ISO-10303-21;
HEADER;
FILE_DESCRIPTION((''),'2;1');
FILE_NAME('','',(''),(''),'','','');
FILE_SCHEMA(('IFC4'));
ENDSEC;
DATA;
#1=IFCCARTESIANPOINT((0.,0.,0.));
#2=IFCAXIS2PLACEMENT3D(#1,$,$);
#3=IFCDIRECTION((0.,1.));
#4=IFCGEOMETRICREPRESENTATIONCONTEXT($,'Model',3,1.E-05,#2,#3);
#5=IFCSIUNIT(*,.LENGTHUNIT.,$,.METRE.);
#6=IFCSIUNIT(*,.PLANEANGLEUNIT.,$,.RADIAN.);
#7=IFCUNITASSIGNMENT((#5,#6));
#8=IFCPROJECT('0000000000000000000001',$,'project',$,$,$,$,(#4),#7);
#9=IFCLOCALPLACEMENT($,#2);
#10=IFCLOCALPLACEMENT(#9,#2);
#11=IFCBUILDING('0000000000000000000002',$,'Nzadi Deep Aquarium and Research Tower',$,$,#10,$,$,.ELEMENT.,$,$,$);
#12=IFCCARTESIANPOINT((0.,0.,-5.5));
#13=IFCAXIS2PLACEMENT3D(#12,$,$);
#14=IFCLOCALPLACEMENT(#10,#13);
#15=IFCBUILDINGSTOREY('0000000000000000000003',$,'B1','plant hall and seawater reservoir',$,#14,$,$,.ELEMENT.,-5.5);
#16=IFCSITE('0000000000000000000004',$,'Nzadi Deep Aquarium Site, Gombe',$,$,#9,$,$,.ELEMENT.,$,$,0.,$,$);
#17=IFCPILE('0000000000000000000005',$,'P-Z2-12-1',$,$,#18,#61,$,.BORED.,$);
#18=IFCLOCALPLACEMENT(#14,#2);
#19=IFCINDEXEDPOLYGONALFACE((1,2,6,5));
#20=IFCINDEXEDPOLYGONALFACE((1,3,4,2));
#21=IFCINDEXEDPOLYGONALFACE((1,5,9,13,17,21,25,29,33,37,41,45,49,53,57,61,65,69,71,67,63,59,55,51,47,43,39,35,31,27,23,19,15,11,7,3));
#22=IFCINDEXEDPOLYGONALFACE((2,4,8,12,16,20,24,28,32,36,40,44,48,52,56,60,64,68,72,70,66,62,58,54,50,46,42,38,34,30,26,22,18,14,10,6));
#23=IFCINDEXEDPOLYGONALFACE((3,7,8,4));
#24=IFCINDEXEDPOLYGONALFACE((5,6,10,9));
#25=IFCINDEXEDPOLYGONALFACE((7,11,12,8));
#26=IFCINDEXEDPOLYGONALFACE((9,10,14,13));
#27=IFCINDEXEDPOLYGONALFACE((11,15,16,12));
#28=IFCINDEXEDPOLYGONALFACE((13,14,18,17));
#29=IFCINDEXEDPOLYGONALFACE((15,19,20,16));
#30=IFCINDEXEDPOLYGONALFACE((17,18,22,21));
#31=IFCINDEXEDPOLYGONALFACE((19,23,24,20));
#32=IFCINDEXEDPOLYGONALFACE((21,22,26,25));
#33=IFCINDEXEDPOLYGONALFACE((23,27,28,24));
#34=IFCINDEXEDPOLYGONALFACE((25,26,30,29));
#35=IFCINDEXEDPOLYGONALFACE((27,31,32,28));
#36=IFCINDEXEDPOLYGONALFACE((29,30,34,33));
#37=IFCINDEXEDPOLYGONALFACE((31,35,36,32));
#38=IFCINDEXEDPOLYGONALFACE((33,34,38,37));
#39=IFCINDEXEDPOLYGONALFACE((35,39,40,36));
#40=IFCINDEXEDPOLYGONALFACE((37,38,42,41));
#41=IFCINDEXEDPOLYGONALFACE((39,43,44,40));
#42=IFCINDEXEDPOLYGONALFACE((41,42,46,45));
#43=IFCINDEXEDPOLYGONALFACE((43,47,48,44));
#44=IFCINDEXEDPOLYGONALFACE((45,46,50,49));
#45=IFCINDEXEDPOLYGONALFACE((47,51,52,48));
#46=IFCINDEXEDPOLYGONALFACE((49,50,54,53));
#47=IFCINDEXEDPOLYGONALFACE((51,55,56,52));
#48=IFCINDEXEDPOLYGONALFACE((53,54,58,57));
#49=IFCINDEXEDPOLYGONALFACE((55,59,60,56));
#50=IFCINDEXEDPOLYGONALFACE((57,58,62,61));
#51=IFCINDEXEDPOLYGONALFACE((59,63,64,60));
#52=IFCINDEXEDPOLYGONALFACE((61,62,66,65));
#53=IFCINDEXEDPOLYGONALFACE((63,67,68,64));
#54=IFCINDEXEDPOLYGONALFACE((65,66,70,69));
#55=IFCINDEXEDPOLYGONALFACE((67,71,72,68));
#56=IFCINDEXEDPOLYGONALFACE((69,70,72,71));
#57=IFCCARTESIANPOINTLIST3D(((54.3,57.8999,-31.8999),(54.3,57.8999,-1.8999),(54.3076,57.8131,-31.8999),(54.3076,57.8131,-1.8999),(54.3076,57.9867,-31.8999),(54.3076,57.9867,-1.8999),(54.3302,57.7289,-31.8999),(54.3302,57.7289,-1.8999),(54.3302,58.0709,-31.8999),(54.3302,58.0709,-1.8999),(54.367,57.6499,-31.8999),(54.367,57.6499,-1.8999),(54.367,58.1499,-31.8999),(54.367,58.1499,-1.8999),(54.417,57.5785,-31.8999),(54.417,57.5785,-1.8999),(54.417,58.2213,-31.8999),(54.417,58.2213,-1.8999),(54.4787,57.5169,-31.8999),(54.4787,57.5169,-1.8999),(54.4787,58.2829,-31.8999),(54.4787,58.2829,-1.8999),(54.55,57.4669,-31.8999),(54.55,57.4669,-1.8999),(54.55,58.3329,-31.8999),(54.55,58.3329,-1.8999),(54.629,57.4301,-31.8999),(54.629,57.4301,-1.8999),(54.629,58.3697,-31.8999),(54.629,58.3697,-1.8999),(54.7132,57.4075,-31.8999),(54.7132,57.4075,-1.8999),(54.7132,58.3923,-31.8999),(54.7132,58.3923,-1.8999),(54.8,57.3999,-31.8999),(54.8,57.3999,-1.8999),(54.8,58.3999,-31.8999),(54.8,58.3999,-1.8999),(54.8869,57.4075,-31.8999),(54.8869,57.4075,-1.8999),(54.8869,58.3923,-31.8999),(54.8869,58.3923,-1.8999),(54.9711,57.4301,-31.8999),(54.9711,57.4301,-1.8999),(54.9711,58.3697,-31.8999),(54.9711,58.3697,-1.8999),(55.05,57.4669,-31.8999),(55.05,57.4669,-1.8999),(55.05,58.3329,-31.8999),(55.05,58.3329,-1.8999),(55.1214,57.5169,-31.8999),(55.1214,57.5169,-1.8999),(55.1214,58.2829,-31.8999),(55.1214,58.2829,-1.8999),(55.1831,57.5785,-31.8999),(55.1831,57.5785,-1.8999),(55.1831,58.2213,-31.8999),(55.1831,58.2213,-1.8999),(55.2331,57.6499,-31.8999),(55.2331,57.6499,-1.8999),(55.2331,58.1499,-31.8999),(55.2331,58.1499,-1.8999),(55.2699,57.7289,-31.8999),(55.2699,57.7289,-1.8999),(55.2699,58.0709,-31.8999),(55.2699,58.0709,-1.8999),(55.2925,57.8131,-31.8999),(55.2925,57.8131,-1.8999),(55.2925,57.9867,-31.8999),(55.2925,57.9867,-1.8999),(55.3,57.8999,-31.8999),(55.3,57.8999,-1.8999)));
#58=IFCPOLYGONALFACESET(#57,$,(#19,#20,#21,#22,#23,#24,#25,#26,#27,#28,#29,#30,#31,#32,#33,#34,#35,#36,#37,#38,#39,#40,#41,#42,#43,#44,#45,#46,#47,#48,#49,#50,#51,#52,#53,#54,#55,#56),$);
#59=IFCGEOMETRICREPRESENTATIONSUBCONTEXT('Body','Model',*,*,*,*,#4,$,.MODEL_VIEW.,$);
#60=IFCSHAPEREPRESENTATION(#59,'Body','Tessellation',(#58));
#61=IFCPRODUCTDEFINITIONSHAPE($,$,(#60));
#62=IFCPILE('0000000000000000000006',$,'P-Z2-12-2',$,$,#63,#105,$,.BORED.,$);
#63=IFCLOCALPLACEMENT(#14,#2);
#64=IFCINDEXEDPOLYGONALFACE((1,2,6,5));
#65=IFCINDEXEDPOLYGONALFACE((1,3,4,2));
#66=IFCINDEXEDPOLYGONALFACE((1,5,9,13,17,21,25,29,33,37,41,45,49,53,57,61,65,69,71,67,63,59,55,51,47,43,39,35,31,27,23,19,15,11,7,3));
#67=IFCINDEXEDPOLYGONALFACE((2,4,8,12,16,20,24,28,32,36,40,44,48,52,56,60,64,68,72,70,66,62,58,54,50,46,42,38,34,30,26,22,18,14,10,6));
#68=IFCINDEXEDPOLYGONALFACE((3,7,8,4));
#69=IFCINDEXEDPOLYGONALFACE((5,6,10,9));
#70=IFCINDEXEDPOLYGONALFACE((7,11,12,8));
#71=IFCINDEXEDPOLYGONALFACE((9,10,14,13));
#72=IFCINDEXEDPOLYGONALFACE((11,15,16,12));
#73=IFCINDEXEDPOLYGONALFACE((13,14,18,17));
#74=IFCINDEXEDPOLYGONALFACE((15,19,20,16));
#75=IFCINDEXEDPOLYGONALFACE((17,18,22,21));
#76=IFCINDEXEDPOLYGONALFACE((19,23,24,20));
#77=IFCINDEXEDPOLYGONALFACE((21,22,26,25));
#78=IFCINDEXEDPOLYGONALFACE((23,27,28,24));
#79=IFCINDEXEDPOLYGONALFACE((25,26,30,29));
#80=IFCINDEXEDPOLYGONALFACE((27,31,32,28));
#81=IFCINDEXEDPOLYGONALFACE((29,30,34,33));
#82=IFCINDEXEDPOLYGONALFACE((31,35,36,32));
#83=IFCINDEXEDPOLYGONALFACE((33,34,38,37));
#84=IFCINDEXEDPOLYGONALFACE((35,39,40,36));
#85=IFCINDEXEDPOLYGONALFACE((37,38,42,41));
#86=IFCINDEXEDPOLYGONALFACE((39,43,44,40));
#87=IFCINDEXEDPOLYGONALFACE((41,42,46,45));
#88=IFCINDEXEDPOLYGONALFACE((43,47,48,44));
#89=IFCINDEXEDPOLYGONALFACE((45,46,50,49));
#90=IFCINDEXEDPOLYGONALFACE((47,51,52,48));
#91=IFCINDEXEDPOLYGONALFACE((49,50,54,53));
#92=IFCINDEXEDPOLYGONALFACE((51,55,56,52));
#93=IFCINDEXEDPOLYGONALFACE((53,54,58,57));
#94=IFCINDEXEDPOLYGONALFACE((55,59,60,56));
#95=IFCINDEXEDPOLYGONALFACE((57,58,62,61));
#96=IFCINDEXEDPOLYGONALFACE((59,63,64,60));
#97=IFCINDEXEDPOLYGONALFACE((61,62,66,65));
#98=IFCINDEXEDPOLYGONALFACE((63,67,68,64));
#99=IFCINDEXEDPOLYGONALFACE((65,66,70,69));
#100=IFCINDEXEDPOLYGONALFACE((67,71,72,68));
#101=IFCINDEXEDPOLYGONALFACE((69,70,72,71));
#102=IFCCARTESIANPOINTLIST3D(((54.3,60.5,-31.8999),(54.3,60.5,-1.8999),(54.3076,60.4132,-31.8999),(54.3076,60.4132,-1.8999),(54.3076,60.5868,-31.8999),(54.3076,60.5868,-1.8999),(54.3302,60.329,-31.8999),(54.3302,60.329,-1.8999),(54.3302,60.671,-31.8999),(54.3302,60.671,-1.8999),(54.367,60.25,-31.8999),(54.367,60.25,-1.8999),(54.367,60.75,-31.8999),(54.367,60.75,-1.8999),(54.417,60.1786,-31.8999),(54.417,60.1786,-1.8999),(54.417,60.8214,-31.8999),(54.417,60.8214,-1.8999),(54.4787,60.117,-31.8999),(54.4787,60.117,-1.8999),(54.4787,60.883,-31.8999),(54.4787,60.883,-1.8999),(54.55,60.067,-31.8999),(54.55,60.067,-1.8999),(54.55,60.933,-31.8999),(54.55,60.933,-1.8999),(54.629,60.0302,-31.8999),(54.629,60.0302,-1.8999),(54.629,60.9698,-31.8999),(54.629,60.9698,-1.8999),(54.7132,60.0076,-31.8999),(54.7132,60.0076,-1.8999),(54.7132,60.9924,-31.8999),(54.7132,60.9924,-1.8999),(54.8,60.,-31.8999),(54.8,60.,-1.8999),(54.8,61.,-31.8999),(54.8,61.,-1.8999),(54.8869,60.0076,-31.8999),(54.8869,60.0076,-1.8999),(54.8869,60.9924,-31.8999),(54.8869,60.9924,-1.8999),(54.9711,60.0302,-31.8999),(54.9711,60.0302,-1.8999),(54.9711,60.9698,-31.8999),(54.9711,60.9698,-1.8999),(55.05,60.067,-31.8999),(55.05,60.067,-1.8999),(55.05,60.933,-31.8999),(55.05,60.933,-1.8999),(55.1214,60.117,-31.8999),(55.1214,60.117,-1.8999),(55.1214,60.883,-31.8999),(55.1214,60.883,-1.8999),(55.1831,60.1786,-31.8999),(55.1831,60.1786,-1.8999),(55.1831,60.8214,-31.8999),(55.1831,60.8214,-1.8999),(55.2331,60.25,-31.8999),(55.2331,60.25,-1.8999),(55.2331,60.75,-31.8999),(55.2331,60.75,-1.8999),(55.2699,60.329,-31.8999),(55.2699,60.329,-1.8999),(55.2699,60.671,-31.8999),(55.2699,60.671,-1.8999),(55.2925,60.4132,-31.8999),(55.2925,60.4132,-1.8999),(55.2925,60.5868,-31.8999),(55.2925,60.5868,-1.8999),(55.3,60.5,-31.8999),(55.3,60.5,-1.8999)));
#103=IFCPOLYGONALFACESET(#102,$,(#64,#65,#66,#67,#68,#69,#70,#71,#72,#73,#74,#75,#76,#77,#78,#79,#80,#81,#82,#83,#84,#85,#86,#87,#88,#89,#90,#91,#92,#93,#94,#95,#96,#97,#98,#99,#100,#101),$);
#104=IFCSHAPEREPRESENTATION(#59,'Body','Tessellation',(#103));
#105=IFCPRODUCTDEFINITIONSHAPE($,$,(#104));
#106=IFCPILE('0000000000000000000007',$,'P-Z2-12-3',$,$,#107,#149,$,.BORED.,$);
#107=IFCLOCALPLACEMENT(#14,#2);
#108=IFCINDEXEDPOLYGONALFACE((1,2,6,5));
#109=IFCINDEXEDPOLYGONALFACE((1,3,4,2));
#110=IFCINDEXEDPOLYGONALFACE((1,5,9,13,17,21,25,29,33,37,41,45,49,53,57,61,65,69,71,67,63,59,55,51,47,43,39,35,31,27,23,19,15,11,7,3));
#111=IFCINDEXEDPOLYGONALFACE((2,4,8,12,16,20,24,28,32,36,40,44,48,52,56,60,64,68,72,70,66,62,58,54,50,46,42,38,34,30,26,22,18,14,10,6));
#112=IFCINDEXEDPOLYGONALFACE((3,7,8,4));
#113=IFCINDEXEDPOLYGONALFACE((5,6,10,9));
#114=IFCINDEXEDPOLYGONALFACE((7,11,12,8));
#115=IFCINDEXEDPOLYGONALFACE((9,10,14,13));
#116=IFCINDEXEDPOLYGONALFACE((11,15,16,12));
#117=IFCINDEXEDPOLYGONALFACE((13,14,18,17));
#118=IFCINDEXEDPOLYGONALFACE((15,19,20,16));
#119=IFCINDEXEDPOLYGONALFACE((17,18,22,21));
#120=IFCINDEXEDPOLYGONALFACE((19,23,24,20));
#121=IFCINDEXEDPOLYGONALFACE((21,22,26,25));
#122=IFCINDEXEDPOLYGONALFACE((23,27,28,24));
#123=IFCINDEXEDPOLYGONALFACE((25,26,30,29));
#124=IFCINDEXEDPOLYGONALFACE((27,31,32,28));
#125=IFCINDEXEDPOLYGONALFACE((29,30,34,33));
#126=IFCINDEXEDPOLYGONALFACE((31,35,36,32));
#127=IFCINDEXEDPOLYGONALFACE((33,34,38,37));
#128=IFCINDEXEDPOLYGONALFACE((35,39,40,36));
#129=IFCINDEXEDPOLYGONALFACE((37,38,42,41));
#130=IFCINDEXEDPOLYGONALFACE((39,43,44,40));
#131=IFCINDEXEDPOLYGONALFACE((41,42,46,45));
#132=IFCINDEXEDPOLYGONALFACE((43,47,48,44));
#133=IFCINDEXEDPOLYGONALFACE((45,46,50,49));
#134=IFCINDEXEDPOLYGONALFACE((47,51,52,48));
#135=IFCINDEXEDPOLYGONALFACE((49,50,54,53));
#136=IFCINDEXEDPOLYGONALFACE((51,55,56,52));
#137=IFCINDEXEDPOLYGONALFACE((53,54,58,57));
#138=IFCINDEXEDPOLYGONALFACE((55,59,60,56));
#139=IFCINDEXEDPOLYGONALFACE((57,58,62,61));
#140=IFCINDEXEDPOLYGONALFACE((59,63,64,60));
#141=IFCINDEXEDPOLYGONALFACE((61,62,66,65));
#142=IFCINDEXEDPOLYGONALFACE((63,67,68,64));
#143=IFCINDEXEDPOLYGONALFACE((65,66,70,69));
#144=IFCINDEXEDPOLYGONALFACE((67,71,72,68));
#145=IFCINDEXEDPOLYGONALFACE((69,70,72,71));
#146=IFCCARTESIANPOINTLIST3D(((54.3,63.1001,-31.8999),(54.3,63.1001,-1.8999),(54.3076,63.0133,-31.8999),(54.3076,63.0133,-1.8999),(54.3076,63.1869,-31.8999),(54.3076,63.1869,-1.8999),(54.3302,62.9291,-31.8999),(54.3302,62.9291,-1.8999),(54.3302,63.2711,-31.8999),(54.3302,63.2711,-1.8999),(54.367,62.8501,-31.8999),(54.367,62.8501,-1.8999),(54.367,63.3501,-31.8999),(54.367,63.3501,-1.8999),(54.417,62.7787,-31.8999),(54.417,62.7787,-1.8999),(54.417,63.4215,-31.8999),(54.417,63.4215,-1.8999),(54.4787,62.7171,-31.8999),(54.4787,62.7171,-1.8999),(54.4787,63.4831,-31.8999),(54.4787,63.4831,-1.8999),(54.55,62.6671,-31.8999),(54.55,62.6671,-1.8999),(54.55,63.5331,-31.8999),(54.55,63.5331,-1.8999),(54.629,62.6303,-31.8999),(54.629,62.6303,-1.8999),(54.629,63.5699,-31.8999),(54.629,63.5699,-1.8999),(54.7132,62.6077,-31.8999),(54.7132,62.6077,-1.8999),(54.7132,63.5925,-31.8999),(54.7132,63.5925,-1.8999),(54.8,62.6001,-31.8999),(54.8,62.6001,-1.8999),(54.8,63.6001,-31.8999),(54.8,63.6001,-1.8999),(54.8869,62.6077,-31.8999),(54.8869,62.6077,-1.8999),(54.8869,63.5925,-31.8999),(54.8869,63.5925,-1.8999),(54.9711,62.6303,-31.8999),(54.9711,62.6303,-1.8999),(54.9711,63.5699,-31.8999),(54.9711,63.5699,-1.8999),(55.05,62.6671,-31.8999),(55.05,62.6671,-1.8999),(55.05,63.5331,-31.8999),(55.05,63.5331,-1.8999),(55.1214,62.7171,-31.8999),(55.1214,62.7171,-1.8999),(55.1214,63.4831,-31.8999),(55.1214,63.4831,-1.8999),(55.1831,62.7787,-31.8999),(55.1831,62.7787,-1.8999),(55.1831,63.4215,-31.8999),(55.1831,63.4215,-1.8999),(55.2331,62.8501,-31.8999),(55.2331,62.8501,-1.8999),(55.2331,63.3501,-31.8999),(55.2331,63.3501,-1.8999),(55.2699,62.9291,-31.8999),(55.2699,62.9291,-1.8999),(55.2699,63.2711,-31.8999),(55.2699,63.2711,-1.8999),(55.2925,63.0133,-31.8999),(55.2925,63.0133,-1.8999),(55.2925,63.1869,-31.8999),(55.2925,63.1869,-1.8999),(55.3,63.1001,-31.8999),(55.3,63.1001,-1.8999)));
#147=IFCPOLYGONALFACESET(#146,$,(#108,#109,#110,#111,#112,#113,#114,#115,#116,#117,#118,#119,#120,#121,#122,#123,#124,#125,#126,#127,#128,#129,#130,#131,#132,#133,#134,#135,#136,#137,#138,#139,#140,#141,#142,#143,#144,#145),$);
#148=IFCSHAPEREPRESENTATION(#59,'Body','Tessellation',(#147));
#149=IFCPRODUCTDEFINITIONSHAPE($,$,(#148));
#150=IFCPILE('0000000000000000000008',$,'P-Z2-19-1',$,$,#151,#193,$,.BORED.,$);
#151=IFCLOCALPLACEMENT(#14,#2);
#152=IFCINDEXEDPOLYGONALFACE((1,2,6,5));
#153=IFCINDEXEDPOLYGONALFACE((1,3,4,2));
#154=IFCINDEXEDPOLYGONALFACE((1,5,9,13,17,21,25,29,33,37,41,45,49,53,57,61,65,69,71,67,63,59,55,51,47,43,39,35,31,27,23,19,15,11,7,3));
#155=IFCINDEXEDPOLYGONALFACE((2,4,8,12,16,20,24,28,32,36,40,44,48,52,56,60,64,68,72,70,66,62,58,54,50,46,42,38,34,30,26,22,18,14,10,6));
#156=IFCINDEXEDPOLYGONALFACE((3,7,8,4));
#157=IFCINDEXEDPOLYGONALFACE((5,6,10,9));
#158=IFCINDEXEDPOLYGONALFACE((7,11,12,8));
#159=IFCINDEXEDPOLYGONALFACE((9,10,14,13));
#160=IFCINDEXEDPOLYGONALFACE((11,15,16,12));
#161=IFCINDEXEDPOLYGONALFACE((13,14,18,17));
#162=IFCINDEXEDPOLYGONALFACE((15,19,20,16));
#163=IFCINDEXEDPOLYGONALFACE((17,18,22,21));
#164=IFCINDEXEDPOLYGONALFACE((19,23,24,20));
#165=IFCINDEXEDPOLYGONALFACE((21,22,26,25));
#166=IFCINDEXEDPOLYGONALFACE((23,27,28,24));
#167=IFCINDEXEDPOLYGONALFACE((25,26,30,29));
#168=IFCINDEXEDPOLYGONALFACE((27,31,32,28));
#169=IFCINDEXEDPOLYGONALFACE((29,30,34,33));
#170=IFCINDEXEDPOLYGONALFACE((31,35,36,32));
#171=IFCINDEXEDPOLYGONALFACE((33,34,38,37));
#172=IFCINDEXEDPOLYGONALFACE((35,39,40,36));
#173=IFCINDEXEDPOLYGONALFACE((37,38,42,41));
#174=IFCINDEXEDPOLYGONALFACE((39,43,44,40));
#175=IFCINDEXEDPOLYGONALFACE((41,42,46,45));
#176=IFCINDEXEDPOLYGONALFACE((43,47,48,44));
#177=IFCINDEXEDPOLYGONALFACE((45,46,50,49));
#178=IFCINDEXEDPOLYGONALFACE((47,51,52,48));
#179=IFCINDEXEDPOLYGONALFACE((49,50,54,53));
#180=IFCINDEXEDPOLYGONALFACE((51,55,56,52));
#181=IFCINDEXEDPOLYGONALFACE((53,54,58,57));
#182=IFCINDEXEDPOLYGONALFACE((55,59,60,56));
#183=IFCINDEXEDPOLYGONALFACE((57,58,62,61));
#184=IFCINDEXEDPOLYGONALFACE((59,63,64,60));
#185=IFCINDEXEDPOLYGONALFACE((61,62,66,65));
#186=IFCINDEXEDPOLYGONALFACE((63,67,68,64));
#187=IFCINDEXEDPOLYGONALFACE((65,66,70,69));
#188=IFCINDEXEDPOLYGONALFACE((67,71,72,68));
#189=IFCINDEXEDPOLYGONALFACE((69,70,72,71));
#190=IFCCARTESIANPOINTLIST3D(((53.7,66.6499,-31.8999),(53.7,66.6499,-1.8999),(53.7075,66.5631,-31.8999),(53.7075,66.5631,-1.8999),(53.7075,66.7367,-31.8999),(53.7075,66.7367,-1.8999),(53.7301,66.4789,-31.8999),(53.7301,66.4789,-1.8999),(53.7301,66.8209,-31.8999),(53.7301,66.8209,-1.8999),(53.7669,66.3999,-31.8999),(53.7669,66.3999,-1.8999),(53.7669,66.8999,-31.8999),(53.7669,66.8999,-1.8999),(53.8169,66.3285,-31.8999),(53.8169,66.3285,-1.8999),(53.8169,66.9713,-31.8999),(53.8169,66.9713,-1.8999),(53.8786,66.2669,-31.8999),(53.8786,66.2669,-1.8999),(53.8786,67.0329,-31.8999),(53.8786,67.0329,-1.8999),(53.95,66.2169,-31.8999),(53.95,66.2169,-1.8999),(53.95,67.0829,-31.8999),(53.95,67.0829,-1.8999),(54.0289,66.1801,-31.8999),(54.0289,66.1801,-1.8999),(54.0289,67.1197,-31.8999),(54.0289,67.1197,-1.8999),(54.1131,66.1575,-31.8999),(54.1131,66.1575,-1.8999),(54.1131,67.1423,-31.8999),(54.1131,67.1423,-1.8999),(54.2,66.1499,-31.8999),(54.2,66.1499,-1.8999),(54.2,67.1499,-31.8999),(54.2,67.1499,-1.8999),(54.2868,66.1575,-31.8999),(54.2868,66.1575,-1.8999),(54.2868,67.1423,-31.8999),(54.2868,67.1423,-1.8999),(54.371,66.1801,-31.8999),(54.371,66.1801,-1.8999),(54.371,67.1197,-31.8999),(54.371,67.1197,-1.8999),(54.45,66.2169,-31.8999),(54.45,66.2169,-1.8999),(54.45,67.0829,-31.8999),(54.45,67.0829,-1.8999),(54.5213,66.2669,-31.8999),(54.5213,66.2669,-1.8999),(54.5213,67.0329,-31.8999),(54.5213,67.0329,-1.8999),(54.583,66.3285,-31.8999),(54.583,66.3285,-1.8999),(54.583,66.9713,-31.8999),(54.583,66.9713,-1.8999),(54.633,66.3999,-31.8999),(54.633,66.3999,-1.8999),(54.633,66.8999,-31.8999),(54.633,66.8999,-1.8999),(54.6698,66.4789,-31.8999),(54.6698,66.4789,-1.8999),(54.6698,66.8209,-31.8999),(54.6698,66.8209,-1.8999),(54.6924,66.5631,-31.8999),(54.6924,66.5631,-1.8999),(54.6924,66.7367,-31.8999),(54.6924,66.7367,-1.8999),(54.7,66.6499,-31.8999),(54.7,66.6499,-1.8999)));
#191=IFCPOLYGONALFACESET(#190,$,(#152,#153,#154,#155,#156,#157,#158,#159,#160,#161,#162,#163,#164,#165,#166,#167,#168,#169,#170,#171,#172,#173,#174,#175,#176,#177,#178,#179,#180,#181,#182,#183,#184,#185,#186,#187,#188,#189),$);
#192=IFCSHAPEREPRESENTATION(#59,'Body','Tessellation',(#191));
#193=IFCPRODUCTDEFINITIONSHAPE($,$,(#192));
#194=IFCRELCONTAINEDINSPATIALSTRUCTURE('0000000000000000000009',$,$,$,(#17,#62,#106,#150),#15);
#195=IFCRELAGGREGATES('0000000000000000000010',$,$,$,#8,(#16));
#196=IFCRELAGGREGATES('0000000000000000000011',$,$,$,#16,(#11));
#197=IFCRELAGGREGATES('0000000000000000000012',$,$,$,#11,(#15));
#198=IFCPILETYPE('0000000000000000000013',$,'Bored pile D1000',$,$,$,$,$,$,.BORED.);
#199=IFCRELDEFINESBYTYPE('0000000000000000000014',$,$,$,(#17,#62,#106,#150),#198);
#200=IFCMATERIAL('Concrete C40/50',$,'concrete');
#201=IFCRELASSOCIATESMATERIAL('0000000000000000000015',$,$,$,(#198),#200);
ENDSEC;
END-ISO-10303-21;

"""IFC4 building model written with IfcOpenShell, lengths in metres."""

from ifc_helpers import new_model, si_unit, direction, frame, origin, origin_2d, place, context, subcontext, project, spatial, circle, extrude, material, material_profile, profile_set, type_object, element, save


model = new_model("IFC4")

# Units and contexts
model_context = context("Model", 3, precision=1e-05, world=origin(), true_north=direction((0.0, 1.0)))
body_context = subcontext(model_context, "Body", "Model", "MODEL_VIEW")
ifc_project = project(units=[si_unit("LENGTHUNIT", "METRE"), si_unit("PLANEANGLEUNIT", "RADIAN")], contexts=[model_context])

# Site, building, storey
site_placement = place(None, origin())
site = spatial("IfcSite", under=ifc_project, at=site_placement, Name="Nzadi Deep Aquarium Site, Gombe", CompositionType="ELEMENT", RefElevation=0.0)
building_placement = place(site_placement, origin())
building = spatial("IfcBuilding", under=site, at=building_placement, Name="Nzadi Deep Aquarium and Research Tower", CompositionType="ELEMENT")
storey_placement = place(building_placement, frame((0.0, 0.0, -5.5)))
storey = spatial("IfcBuildingStorey", under=building, at=storey_placement, Name="B1", Description="plant hall and seawater reservoir", CompositionType="ELEMENT", Elevation=-5.5)

# Piles
ifc_material_1 = material(Name="Concrete C40/50", Category="concrete")
ifc_material_profile_1 = material_profile(ifc_material_1, circle(Radius=0.5, at=origin_2d()))
ifc_profile_set_1 = profile_set([ifc_material_profile_1], Name="Concrete C40/50")
pile_type_1 = type_object("IfcPileType", Name="Bored pile D1000", PredefinedType="BORED", material=ifc_profile_set_1)
for number, where, z_axis, x_axis, name in (
    (1, (54.8, 57.8999, -1.8999), (0.0, 0.0, -1.0), (1.0, 0.0, 0.0), "P-Z2-12-1"),
    (2, (54.8, 60.5, -1.8999), (0.0, 0.0, -1.0), (1.0, 0.0, 0.0), "P-Z2-12-2"),
    (3, (54.8, 63.1001, -1.8999), (0.0, 0.0, -1.0), (1.0, 0.0, 0.0), "P-Z2-12-3"),
    (4, (54.2, 66.6499, -1.8999), (0.0, 0.0, -1.0), (1.0, 0.0, 0.0), "P-Z2-19-1"),
):
    element("IfcPile", number, at=place(storey_placement, frame(where, z_axis=z_axis, x_axis=x_axis)), inside=storey, type_object=pile_type_1, Name=name, PredefinedType="BORED", context=body_context, shape_type="SweptSolid", body=[
        extrude(circle(Radius=0.5, at=origin_2d()), origin(), (0.0, 0.0, 1.0), 30.0),
    ])

save(model, "model.ifc")
